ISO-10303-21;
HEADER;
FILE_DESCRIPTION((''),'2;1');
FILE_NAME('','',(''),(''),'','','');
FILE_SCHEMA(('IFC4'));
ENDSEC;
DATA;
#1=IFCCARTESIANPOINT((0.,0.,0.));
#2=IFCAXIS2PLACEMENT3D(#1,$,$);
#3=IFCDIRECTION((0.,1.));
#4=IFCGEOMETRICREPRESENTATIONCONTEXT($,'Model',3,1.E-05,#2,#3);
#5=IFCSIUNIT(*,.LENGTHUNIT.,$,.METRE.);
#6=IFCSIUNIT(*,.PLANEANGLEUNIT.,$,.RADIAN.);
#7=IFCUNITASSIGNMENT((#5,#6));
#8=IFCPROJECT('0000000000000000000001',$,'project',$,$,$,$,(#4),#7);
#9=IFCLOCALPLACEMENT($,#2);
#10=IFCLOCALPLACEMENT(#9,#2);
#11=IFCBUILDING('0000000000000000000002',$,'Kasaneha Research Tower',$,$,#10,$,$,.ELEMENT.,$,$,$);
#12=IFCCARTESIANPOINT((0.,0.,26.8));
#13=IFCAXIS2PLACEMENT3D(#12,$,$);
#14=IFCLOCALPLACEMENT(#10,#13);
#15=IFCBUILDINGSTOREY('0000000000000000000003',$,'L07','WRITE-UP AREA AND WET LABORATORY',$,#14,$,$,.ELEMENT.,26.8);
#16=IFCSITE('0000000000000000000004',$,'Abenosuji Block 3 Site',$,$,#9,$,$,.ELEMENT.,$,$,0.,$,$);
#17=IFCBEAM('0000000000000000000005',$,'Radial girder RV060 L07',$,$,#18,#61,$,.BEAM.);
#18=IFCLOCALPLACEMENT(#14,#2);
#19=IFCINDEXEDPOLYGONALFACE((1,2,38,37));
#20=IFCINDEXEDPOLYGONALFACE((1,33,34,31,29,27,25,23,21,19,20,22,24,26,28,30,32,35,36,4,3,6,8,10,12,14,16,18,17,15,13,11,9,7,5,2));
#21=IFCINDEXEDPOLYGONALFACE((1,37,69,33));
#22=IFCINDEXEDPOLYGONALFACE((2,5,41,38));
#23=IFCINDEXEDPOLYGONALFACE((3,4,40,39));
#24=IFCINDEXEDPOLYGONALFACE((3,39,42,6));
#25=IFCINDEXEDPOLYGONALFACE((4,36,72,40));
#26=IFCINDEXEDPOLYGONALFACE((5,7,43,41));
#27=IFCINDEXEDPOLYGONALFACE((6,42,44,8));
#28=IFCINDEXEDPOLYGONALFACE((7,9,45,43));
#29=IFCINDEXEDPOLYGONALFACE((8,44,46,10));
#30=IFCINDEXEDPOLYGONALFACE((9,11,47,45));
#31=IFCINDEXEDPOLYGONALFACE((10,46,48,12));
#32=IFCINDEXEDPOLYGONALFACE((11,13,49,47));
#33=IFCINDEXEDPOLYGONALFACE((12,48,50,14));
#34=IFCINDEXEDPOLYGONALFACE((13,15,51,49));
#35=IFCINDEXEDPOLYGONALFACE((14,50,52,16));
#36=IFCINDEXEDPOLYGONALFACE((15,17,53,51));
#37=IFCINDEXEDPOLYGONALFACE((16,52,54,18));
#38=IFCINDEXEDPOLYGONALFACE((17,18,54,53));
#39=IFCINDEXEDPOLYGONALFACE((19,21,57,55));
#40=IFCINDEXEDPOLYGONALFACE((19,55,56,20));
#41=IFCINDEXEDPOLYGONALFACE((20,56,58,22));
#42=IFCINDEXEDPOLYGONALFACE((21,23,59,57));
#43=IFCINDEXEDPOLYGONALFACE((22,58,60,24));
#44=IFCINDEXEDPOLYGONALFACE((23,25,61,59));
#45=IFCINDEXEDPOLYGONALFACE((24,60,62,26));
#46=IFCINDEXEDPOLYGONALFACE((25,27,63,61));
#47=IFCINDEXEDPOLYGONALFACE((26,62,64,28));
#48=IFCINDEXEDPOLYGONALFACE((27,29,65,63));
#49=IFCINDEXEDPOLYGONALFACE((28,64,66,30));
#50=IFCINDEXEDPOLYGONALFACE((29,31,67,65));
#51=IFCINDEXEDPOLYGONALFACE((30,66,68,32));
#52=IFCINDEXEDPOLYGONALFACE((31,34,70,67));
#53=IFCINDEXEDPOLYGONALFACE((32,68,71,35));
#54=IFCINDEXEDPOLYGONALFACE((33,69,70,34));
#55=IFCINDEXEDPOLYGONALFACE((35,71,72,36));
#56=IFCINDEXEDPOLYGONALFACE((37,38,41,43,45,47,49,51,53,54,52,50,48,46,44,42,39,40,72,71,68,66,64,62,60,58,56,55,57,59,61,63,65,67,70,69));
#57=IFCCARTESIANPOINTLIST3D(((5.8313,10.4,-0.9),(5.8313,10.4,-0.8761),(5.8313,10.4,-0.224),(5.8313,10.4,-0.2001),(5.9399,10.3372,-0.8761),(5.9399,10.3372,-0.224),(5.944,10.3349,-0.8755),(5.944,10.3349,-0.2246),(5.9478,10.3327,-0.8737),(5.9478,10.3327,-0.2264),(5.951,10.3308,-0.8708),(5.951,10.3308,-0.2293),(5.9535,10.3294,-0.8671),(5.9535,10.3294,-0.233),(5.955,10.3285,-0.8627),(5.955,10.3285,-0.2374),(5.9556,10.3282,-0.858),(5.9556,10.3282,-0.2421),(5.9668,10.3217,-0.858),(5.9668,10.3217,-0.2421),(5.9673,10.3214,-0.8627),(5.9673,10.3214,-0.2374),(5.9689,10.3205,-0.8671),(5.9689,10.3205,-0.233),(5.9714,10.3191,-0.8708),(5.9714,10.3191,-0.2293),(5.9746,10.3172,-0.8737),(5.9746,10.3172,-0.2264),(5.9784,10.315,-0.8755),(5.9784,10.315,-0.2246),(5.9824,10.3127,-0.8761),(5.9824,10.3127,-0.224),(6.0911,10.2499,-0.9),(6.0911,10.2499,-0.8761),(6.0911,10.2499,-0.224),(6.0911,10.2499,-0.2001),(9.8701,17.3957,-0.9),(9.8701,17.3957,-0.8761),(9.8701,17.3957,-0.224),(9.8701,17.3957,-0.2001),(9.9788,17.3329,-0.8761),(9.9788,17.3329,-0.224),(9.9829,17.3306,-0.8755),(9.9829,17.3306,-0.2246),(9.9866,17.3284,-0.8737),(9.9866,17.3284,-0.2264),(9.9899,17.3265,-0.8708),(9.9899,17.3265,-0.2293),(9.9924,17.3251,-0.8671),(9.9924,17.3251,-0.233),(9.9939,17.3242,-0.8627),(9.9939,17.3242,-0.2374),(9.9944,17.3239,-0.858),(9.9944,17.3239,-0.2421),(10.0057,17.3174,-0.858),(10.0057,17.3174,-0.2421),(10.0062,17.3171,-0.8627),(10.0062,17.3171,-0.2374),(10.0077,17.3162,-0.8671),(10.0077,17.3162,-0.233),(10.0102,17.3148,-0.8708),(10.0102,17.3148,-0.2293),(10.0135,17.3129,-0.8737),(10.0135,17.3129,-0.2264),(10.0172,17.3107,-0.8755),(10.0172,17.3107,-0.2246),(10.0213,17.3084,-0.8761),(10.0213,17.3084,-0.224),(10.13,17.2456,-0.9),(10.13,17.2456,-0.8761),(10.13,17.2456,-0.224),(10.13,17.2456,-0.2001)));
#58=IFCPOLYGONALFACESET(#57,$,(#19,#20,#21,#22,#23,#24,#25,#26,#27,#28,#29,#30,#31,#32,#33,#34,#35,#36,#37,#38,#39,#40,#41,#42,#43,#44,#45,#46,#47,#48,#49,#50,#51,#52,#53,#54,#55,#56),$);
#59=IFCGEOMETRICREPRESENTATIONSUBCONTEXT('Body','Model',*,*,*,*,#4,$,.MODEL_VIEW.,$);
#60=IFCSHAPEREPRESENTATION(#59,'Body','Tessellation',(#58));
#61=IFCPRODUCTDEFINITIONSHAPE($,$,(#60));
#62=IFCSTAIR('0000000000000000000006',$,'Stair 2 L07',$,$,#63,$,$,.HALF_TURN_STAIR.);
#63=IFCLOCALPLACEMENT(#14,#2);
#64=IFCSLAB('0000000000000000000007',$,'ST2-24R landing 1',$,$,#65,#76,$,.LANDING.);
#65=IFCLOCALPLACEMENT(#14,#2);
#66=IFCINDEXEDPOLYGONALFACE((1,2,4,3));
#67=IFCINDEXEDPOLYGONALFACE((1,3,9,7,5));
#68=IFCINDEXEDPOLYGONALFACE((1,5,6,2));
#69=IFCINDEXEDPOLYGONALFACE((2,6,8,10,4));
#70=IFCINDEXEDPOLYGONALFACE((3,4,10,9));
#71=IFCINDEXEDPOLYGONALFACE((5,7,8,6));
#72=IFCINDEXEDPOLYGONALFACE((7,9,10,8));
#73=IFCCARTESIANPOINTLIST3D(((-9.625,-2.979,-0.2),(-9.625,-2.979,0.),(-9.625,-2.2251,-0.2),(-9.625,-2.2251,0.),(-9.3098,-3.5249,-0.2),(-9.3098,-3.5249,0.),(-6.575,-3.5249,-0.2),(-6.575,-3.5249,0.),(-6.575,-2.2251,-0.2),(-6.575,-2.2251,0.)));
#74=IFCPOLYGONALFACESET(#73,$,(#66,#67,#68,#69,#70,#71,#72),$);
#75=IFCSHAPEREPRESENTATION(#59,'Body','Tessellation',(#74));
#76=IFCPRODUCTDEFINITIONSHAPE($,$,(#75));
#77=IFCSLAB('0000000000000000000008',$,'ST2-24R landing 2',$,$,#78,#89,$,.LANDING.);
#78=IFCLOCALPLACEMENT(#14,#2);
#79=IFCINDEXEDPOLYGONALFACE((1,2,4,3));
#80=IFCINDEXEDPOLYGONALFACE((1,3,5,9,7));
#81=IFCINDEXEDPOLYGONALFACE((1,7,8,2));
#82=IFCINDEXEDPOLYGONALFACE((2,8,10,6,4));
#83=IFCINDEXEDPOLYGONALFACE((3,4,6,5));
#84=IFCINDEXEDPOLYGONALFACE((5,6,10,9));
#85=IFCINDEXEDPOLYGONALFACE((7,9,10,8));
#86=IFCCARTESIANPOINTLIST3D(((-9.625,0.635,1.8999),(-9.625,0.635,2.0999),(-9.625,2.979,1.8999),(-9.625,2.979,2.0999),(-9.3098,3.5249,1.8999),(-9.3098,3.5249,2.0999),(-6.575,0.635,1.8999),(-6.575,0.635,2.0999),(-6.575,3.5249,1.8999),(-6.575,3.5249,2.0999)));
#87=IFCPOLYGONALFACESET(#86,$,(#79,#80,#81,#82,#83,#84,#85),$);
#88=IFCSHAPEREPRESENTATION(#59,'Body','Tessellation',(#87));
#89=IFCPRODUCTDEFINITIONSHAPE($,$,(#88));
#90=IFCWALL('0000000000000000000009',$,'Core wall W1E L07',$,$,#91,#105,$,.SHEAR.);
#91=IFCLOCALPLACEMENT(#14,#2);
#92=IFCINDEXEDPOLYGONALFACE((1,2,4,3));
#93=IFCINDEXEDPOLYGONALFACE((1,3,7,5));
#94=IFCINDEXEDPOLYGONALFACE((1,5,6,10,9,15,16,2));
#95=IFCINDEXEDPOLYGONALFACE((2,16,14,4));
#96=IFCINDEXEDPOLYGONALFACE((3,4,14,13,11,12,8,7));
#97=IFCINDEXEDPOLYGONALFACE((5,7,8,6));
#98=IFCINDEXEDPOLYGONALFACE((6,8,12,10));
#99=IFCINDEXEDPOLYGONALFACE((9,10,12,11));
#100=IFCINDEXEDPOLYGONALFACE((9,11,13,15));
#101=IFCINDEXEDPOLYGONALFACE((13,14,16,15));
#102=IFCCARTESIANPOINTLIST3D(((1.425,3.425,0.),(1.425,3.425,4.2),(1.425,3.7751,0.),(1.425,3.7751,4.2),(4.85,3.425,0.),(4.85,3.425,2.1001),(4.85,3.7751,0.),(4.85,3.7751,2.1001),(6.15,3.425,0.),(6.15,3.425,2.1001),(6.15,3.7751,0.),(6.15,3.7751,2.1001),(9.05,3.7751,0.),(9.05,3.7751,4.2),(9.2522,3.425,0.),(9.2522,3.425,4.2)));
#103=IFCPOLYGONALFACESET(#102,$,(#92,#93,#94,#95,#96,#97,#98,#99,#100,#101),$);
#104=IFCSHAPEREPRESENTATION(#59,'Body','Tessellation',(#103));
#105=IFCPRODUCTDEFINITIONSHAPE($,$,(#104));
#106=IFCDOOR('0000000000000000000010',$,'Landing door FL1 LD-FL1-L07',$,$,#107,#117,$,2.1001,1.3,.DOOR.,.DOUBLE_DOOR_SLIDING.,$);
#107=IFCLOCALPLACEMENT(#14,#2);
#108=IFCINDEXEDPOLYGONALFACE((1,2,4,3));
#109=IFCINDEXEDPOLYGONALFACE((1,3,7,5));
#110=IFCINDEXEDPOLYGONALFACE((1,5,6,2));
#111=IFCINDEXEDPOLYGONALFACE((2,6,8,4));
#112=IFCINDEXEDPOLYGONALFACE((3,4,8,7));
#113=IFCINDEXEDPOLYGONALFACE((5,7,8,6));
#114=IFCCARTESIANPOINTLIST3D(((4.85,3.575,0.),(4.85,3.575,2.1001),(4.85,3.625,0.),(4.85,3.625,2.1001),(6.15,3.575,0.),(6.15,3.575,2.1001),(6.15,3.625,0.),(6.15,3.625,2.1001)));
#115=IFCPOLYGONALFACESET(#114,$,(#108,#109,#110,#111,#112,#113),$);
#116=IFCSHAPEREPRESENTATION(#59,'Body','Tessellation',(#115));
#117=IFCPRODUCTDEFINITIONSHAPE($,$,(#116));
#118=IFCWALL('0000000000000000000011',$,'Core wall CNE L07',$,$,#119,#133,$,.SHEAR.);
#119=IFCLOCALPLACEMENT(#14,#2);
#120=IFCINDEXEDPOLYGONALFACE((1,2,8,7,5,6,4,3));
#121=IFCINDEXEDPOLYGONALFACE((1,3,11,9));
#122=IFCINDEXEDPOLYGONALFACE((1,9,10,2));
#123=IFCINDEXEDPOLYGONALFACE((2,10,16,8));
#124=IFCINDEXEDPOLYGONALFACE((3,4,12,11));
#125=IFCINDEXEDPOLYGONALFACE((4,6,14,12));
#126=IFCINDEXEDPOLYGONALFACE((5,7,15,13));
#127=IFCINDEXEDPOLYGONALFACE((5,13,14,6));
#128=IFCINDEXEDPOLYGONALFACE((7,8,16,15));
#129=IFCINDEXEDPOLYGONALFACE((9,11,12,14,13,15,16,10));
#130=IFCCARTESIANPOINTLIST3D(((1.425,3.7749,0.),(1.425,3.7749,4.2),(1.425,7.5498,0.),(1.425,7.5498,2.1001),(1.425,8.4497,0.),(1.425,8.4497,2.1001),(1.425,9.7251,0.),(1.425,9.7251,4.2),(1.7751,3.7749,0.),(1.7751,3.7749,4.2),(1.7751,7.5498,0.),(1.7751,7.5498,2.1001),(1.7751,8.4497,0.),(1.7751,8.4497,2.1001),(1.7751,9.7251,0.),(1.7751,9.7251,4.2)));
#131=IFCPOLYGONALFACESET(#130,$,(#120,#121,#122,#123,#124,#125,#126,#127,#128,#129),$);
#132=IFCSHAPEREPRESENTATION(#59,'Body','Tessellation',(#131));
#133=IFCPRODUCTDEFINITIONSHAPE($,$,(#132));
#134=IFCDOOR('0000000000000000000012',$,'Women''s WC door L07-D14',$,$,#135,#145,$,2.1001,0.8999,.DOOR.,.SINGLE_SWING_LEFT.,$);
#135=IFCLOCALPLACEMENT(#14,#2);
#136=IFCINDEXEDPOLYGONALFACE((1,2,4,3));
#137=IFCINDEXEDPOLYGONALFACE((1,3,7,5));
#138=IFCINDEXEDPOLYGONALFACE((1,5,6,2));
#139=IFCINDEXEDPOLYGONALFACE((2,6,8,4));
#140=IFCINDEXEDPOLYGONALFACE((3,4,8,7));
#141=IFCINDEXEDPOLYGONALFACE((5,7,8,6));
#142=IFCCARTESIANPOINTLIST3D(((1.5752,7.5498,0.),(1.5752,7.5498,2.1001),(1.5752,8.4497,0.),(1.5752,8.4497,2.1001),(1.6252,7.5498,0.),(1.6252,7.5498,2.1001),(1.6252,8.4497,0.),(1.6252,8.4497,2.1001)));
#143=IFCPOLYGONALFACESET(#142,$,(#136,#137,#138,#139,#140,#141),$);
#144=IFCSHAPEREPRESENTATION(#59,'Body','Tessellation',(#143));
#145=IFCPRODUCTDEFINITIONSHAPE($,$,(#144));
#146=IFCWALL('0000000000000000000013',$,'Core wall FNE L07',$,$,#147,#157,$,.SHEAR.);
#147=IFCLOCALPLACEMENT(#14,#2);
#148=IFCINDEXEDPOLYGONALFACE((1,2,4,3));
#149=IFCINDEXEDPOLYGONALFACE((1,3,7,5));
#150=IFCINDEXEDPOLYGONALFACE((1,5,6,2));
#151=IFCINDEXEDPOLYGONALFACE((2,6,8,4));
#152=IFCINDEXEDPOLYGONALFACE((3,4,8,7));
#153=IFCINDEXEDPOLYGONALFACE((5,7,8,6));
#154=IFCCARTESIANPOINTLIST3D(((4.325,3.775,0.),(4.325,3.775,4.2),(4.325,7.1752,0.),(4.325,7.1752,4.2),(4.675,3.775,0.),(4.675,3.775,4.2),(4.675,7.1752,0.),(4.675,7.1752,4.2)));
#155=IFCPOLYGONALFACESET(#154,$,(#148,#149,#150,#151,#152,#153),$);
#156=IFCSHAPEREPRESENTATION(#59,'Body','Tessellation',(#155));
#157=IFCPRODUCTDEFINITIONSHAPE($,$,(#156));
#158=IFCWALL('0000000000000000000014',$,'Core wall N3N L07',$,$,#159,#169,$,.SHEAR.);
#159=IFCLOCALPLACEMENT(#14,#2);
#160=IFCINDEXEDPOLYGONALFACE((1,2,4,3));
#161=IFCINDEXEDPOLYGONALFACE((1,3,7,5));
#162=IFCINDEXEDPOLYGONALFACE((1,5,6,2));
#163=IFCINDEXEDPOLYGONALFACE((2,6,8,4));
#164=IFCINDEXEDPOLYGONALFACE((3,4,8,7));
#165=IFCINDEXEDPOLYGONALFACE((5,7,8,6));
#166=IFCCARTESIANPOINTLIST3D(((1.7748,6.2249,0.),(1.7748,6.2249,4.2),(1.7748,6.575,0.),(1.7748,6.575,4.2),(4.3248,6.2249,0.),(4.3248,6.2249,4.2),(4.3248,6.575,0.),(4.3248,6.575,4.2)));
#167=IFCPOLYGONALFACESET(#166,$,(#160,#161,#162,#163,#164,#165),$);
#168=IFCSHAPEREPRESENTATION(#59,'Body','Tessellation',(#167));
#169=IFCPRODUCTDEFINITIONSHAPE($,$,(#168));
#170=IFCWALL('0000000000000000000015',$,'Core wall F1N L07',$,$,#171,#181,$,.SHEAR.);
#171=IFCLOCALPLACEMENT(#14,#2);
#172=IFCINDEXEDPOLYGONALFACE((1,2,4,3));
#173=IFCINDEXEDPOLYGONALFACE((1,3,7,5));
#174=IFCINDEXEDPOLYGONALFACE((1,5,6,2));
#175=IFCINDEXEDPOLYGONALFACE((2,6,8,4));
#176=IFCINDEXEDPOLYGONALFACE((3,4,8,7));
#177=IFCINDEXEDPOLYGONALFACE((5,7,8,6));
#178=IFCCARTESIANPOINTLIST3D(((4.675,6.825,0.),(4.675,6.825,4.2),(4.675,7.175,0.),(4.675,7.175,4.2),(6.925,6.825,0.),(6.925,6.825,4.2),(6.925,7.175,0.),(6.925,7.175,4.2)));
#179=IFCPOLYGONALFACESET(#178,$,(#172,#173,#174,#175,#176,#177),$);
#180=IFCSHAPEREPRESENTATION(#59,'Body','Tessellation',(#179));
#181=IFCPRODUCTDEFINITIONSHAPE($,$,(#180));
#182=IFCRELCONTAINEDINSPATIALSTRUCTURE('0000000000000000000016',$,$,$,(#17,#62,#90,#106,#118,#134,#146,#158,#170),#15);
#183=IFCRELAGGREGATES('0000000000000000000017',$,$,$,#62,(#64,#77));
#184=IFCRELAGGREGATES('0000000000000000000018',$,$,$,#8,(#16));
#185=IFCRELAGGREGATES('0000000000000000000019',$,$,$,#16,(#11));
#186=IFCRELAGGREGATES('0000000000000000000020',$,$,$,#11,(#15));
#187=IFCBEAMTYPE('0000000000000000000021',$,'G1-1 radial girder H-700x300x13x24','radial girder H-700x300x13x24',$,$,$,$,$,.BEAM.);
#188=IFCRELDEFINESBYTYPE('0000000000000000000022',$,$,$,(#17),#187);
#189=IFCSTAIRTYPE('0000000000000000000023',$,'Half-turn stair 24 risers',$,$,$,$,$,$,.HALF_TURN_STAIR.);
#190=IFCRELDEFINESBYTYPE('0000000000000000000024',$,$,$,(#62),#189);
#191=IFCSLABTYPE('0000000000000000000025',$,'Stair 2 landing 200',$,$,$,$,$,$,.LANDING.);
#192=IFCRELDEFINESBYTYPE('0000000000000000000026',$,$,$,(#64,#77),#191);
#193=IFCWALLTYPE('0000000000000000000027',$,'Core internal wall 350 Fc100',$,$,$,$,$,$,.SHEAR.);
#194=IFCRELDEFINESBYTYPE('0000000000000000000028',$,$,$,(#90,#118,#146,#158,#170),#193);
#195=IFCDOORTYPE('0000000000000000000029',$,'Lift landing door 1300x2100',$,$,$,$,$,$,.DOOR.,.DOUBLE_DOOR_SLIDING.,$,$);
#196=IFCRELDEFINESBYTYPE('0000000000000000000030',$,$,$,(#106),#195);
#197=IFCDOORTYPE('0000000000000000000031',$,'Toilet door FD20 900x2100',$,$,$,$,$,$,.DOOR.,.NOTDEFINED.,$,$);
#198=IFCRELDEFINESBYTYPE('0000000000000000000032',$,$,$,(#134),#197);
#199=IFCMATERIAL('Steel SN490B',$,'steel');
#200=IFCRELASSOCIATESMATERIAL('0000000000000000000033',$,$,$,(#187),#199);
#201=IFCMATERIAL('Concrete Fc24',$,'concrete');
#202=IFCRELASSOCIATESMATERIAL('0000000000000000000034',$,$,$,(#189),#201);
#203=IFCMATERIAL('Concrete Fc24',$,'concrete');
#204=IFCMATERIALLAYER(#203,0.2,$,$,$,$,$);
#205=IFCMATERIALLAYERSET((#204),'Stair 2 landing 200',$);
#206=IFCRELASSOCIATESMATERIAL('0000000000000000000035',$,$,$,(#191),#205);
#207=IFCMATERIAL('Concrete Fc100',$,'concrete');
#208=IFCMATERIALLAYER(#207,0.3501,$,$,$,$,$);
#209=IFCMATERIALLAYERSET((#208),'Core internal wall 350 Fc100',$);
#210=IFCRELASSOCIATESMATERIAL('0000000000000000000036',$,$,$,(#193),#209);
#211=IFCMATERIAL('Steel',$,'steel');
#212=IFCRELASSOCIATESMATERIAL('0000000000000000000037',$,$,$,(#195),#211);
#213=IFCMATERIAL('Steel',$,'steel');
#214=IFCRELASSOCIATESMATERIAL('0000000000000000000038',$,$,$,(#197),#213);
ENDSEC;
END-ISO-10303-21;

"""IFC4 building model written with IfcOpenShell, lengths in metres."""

from ifc_helpers import new_model, si_unit, direction, frame, frame_2d, origin, origin_2d, place, context, subcontext, project, spatial, polyline, rectangle, i_section, outline, extrude, material, layer, layer_set, material_profile, profile_set, type_object, element, fill, aggregate, save


model = new_model("IFC4")

# Units and contexts
model_context = context("Model", 3, precision=1e-05, world=origin(), true_north=direction((0.0, 1.0)))
body_context = subcontext(model_context, "Body", "Model", "MODEL_VIEW")
ifc_project = project(units=[si_unit("LENGTHUNIT", "METRE"), si_unit("PLANEANGLEUNIT", "RADIAN")], contexts=[model_context])

# Site, building, storey
site_placement = place(None, origin())
site = spatial("IfcSite", under=ifc_project, at=site_placement, Name="Abenosuji Block 3 Site", CompositionType="ELEMENT", RefElevation=0.0)
building_placement = place(site_placement, origin())
building = spatial("IfcBuilding", under=site, at=building_placement, Name="Kasaneha Research Tower", CompositionType="ELEMENT")
storey_placement = place(building_placement, frame((0.0, 0.0, 26.8)))
storey = spatial("IfcBuildingStorey", under=building, at=storey_placement, Name="L07", Description="WRITE-UP AREA AND WET LABORATORY", CompositionType="ELEMENT", Elevation=26.8)

# Beam
ifc_material_1 = material(Name="Steel SN490B", Category="steel")
ifc_material_profile = material_profile(ifc_material_1, i_section(OverallWidth=0.3, OverallDepth=0.7, WebThickness=0.0129, FlangeThickness=0.0239, FilletRadius=0.0181, at=origin_2d()), Name="H-700x300x13x24")
ifc_profile_set = profile_set([ifc_material_profile], Name="Steel SN490B")
beam_type = type_object("IfcBeamType", Name="G1-1 radial girder H-700x300x13x24", Description="radial girder H-700x300x13x24", PredefinedType="BEAM", material=ifc_profile_set)
beam_placement = place(storey_placement, frame((5.9612, 10.325, -0.55), z_axis=(0.499991, 0.866031, 0.0), x_axis=(-0.866031, 0.499991, 0.0)))
element("IfcBeam", 1, at=beam_placement, inside=storey, type_object=beam_type, Name="Radial girder RV060 L07", PredefinedType="BEAM", context=body_context, shape_type="SweptSolid", body=[
    extrude(i_section(OverallWidth=0.3, OverallDepth=0.7, WebThickness=0.0129, FlangeThickness=0.0239, FilletRadius=0.0181, at=origin_2d()), origin(), (0.0, 0.0, 1.0), 8.0779),
])

# Stair, slabs
ifc_material_2 = material(Name="Concrete Fc24", Category="concrete")
stair_type = type_object("IfcStairType", Name="Half-turn stair 24 risers", PredefinedType="HALF_TURN_STAIR", material=ifc_material_2)
stair_1_placement = place(storey_placement, origin())
stair_1 = element("IfcStair", 2, at=stair_1_placement, inside=storey, type_object=stair_type, Name="Stair 2 L07", PredefinedType="HALF_TURN_STAIR")
ifc_material_3 = material(Name="Concrete Fc24", Category="concrete")
ifc_layer_1 = layer(ifc_material_3, 0.2)
ifc_layer_set_1 = layer_set([ifc_layer_1], Name="Stair 2 landing 200")
slab_type = type_object("IfcSlabType", Name="Stair 2 landing 200", PredefinedType="LANDING", material=ifc_layer_set_1)
slab_1_placement = place(storey_placement, frame((0.0, 0.0, -0.2)))
slab_1 = element("IfcSlab", 3, at=slab_1_placement, type_object=slab_type, Name="ST2-24R landing 1", PredefinedType="LANDING", context=body_context, shape_type="SweptSolid", body=[
    extrude(outline(polyline([(-6.575, -3.5249), (-9.3098, -3.5249), (-9.625, -2.979), (-9.625, -2.2251), (-6.575, -2.2251), (-6.575, -3.5249)])), origin(), (0.0, 0.0, 1.0), 0.2),
])
slab_2_placement = place(storey_placement, frame((0.0, 0.0, 1.8999)))
slab_2 = element("IfcSlab", 4, at=slab_2_placement, type_object=slab_type, Name="ST2-24R landing 2", PredefinedType="LANDING", context=body_context, shape_type="SweptSolid", body=[
    extrude(outline(polyline([(-6.575, 0.635), (-9.625, 0.635), (-9.625, 2.979), (-9.3098, 3.5249), (-6.575, 3.5249), (-6.575, 0.635)])), origin(), (0.0, 0.0, 1.0), 0.2),
])
aggregate(stair_1, [slab_1, slab_2])

# Walls, openings, doors
ifc_material_4 = material(Name="Concrete Fc100", Category="concrete")
ifc_layer_2 = layer(ifc_material_4, 0.3501)
ifc_layer_set_2 = layer_set([ifc_layer_2], Name="Core internal wall 350 Fc100")
wall_type_1 = type_object("IfcWallType", Name="Core internal wall 350 Fc100", PredefinedType="SHEAR", material=ifc_layer_set_2)
wall_1_placement = place(storey_placement, frame((1.425, 3.6001, 0.0), z_axis=(0.0, 0.0, 1.0), x_axis=(1.0, 0.0, 0.0)))
wall_1 = element("IfcWall", 5, at=wall_1_placement, inside=storey, type_object=wall_type_1, Name="Core wall W1E L07", PredefinedType="SHEAR", context=body_context, shape_type="SweptSolid", body=[
    extrude(outline(polyline([(0.0, -0.175), (3.425, -0.175), (4.7251, -0.175), (7.8271, -0.175), (7.625, 0.175), (4.7251, 0.175), (3.425, 0.175), (0.0, 0.175), (0.0, -0.175)])), origin(), (0.0, 0.0, 1.0), 4.2),
])
opening_1_placement = place(wall_1_placement, frame((3.425, 0.0, 0.0)))
opening_1 = element("IfcOpeningElement", 6, at=opening_1_placement, cuts=wall_1, PredefinedType="OPENING", context=body_context, shape_type="SweptSolid", body=[
    extrude(rectangle(XDim=1.3, YDim=2.1001, at=frame_2d((0.6499, 1.05))), frame((0.0, 0.1851, 0.0), z_axis=(0.0, -1.0, 0.0), x_axis=(1.0, 0.0, 0.0)), (0.0, 0.0, 1.0), 0.3701),
])
ifc_material_5 = material(Name="Steel", Category="steel")
door_type_1 = type_object("IfcDoorType", Name="Lift landing door 1300x2100", OperationType="DOUBLE_DOOR_SLIDING", PredefinedType="DOOR", material=ifc_material_5)
door_1_placement = place(opening_1_placement, origin())
door_1 = element("IfcDoor", 7, at=door_1_placement, inside=storey, type_object=door_type_1, Name="Landing door FL1 LD-FL1-L07", OperationType="DOUBLE_DOOR_SLIDING", OverallHeight=2.1001, OverallWidth=1.3, PredefinedType="DOOR", context=body_context, shape_type="SweptSolid", body=[
    extrude(rectangle(XDim=1.3, YDim=2.1001, at=frame_2d((0.6499, 1.05))), frame((0.0, 0.0249, 0.0), z_axis=(0.0, -1.0, 0.0), x_axis=(1.0, 0.0, 0.0)), (0.0, 0.0, 1.0), 0.05),
])
fill(opening_1, door_1)
wall_2_placement = place(storey_placement, frame((1.6001, 3.7749, 0.0), z_axis=(0.0, 0.0, 1.0), x_axis=(0.0, 1.0, 0.0)))
wall_2 = element("IfcWall", 8, at=wall_2_placement, inside=storey, type_object=wall_type_1, Name="Core wall CNE L07", PredefinedType="SHEAR", context=body_context, shape_type="SweptSolid", body=[
    extrude(rectangle(XDim=5.9502, YDim=0.3501, at=frame_2d((2.9751, 0.0))), origin(), (0.0, 0.0, 1.0), 4.2),
])
opening_2_placement = place(wall_2_placement, frame((3.7749, 0.0, 0.0)))
opening_2 = element("IfcOpeningElement", 9, at=opening_2_placement, cuts=wall_2, PredefinedType="OPENING", context=body_context, shape_type="SweptSolid", body=[
    extrude(rectangle(XDim=0.8999, YDim=2.1001, at=frame_2d((0.45, 1.05))), frame((0.0, 0.1851, 0.0), z_axis=(0.0, -1.0, 0.0), x_axis=(1.0, 0.0, 0.0)), (0.0, 0.0, 1.0), 0.3701),
])
ifc_material_6 = material(Name="Steel", Category="steel")
door_type_2 = type_object("IfcDoorType", Name="Toilet door FD20 900x2100", OperationType="NOTDEFINED", PredefinedType="DOOR", material=ifc_material_6)
door_2_placement = place(opening_2_placement, origin())
door_2 = element("IfcDoor", 10, at=door_2_placement, inside=storey, type_object=door_type_2, Name="Women's WC door L07-D14", OperationType="SINGLE_SWING_LEFT", OverallHeight=2.1001, OverallWidth=0.8999, PredefinedType="DOOR", context=body_context, shape_type="SweptSolid", body=[
    extrude(rectangle(XDim=0.8999, YDim=2.1001, at=frame_2d((0.45, 1.05))), frame((0.0, 0.0249, 0.0), z_axis=(0.0, -1.0, 0.0), x_axis=(1.0, 0.0, 0.0)), (0.0, 0.0, 1.0), 0.05),
])
fill(opening_2, door_2)

# Walls
wall_3_placement = place(storey_placement, frame((4.5, 3.7749, 0.0), z_axis=(0.0, 0.0, 1.0), x_axis=(0.0, 1.0, 0.0)))
element("IfcWall", 11, at=wall_3_placement, inside=storey, type_object=wall_type_1, Name="Core wall FNE L07", PredefinedType="SHEAR", context=body_context, shape_type="SweptSolid", body=[
    extrude(rectangle(XDim=3.4001, YDim=0.3501, at=frame_2d((1.7002, 0.0))), origin(), (0.0, 0.0, 1.0), 4.2),
])
wall_4_placement = place(storey_placement, frame((1.7749, 6.3999, 0.0), z_axis=(0.0, 0.0, 1.0), x_axis=(1.0, 0.0, 0.0)))
element("IfcWall", 12, at=wall_4_placement, inside=storey, type_object=wall_type_1, Name="Core wall N3N L07", PredefinedType="SHEAR", context=body_context, shape_type="SweptSolid", body=[
    extrude(rectangle(XDim=2.55, YDim=0.3501, at=frame_2d((1.2749, 0.0))), origin(), (0.0, 0.0, 1.0), 4.2),
])
wall_5_placement = place(storey_placement, frame((4.675, 7.0, 0.0), z_axis=(0.0, 0.0, 1.0), x_axis=(1.0, 0.0, 0.0)))
element("IfcWall", 13, at=wall_5_placement, inside=storey, type_object=wall_type_1, Name="Core wall F1N L07", PredefinedType="SHEAR", context=body_context, shape_type="SweptSolid", body=[
    extrude(rectangle(XDim=2.25, YDim=0.3501, at=frame_2d((1.125, 0.0))), origin(), (0.0, 0.0, 1.0), 4.2),
])

save(model, "model.ifc")
